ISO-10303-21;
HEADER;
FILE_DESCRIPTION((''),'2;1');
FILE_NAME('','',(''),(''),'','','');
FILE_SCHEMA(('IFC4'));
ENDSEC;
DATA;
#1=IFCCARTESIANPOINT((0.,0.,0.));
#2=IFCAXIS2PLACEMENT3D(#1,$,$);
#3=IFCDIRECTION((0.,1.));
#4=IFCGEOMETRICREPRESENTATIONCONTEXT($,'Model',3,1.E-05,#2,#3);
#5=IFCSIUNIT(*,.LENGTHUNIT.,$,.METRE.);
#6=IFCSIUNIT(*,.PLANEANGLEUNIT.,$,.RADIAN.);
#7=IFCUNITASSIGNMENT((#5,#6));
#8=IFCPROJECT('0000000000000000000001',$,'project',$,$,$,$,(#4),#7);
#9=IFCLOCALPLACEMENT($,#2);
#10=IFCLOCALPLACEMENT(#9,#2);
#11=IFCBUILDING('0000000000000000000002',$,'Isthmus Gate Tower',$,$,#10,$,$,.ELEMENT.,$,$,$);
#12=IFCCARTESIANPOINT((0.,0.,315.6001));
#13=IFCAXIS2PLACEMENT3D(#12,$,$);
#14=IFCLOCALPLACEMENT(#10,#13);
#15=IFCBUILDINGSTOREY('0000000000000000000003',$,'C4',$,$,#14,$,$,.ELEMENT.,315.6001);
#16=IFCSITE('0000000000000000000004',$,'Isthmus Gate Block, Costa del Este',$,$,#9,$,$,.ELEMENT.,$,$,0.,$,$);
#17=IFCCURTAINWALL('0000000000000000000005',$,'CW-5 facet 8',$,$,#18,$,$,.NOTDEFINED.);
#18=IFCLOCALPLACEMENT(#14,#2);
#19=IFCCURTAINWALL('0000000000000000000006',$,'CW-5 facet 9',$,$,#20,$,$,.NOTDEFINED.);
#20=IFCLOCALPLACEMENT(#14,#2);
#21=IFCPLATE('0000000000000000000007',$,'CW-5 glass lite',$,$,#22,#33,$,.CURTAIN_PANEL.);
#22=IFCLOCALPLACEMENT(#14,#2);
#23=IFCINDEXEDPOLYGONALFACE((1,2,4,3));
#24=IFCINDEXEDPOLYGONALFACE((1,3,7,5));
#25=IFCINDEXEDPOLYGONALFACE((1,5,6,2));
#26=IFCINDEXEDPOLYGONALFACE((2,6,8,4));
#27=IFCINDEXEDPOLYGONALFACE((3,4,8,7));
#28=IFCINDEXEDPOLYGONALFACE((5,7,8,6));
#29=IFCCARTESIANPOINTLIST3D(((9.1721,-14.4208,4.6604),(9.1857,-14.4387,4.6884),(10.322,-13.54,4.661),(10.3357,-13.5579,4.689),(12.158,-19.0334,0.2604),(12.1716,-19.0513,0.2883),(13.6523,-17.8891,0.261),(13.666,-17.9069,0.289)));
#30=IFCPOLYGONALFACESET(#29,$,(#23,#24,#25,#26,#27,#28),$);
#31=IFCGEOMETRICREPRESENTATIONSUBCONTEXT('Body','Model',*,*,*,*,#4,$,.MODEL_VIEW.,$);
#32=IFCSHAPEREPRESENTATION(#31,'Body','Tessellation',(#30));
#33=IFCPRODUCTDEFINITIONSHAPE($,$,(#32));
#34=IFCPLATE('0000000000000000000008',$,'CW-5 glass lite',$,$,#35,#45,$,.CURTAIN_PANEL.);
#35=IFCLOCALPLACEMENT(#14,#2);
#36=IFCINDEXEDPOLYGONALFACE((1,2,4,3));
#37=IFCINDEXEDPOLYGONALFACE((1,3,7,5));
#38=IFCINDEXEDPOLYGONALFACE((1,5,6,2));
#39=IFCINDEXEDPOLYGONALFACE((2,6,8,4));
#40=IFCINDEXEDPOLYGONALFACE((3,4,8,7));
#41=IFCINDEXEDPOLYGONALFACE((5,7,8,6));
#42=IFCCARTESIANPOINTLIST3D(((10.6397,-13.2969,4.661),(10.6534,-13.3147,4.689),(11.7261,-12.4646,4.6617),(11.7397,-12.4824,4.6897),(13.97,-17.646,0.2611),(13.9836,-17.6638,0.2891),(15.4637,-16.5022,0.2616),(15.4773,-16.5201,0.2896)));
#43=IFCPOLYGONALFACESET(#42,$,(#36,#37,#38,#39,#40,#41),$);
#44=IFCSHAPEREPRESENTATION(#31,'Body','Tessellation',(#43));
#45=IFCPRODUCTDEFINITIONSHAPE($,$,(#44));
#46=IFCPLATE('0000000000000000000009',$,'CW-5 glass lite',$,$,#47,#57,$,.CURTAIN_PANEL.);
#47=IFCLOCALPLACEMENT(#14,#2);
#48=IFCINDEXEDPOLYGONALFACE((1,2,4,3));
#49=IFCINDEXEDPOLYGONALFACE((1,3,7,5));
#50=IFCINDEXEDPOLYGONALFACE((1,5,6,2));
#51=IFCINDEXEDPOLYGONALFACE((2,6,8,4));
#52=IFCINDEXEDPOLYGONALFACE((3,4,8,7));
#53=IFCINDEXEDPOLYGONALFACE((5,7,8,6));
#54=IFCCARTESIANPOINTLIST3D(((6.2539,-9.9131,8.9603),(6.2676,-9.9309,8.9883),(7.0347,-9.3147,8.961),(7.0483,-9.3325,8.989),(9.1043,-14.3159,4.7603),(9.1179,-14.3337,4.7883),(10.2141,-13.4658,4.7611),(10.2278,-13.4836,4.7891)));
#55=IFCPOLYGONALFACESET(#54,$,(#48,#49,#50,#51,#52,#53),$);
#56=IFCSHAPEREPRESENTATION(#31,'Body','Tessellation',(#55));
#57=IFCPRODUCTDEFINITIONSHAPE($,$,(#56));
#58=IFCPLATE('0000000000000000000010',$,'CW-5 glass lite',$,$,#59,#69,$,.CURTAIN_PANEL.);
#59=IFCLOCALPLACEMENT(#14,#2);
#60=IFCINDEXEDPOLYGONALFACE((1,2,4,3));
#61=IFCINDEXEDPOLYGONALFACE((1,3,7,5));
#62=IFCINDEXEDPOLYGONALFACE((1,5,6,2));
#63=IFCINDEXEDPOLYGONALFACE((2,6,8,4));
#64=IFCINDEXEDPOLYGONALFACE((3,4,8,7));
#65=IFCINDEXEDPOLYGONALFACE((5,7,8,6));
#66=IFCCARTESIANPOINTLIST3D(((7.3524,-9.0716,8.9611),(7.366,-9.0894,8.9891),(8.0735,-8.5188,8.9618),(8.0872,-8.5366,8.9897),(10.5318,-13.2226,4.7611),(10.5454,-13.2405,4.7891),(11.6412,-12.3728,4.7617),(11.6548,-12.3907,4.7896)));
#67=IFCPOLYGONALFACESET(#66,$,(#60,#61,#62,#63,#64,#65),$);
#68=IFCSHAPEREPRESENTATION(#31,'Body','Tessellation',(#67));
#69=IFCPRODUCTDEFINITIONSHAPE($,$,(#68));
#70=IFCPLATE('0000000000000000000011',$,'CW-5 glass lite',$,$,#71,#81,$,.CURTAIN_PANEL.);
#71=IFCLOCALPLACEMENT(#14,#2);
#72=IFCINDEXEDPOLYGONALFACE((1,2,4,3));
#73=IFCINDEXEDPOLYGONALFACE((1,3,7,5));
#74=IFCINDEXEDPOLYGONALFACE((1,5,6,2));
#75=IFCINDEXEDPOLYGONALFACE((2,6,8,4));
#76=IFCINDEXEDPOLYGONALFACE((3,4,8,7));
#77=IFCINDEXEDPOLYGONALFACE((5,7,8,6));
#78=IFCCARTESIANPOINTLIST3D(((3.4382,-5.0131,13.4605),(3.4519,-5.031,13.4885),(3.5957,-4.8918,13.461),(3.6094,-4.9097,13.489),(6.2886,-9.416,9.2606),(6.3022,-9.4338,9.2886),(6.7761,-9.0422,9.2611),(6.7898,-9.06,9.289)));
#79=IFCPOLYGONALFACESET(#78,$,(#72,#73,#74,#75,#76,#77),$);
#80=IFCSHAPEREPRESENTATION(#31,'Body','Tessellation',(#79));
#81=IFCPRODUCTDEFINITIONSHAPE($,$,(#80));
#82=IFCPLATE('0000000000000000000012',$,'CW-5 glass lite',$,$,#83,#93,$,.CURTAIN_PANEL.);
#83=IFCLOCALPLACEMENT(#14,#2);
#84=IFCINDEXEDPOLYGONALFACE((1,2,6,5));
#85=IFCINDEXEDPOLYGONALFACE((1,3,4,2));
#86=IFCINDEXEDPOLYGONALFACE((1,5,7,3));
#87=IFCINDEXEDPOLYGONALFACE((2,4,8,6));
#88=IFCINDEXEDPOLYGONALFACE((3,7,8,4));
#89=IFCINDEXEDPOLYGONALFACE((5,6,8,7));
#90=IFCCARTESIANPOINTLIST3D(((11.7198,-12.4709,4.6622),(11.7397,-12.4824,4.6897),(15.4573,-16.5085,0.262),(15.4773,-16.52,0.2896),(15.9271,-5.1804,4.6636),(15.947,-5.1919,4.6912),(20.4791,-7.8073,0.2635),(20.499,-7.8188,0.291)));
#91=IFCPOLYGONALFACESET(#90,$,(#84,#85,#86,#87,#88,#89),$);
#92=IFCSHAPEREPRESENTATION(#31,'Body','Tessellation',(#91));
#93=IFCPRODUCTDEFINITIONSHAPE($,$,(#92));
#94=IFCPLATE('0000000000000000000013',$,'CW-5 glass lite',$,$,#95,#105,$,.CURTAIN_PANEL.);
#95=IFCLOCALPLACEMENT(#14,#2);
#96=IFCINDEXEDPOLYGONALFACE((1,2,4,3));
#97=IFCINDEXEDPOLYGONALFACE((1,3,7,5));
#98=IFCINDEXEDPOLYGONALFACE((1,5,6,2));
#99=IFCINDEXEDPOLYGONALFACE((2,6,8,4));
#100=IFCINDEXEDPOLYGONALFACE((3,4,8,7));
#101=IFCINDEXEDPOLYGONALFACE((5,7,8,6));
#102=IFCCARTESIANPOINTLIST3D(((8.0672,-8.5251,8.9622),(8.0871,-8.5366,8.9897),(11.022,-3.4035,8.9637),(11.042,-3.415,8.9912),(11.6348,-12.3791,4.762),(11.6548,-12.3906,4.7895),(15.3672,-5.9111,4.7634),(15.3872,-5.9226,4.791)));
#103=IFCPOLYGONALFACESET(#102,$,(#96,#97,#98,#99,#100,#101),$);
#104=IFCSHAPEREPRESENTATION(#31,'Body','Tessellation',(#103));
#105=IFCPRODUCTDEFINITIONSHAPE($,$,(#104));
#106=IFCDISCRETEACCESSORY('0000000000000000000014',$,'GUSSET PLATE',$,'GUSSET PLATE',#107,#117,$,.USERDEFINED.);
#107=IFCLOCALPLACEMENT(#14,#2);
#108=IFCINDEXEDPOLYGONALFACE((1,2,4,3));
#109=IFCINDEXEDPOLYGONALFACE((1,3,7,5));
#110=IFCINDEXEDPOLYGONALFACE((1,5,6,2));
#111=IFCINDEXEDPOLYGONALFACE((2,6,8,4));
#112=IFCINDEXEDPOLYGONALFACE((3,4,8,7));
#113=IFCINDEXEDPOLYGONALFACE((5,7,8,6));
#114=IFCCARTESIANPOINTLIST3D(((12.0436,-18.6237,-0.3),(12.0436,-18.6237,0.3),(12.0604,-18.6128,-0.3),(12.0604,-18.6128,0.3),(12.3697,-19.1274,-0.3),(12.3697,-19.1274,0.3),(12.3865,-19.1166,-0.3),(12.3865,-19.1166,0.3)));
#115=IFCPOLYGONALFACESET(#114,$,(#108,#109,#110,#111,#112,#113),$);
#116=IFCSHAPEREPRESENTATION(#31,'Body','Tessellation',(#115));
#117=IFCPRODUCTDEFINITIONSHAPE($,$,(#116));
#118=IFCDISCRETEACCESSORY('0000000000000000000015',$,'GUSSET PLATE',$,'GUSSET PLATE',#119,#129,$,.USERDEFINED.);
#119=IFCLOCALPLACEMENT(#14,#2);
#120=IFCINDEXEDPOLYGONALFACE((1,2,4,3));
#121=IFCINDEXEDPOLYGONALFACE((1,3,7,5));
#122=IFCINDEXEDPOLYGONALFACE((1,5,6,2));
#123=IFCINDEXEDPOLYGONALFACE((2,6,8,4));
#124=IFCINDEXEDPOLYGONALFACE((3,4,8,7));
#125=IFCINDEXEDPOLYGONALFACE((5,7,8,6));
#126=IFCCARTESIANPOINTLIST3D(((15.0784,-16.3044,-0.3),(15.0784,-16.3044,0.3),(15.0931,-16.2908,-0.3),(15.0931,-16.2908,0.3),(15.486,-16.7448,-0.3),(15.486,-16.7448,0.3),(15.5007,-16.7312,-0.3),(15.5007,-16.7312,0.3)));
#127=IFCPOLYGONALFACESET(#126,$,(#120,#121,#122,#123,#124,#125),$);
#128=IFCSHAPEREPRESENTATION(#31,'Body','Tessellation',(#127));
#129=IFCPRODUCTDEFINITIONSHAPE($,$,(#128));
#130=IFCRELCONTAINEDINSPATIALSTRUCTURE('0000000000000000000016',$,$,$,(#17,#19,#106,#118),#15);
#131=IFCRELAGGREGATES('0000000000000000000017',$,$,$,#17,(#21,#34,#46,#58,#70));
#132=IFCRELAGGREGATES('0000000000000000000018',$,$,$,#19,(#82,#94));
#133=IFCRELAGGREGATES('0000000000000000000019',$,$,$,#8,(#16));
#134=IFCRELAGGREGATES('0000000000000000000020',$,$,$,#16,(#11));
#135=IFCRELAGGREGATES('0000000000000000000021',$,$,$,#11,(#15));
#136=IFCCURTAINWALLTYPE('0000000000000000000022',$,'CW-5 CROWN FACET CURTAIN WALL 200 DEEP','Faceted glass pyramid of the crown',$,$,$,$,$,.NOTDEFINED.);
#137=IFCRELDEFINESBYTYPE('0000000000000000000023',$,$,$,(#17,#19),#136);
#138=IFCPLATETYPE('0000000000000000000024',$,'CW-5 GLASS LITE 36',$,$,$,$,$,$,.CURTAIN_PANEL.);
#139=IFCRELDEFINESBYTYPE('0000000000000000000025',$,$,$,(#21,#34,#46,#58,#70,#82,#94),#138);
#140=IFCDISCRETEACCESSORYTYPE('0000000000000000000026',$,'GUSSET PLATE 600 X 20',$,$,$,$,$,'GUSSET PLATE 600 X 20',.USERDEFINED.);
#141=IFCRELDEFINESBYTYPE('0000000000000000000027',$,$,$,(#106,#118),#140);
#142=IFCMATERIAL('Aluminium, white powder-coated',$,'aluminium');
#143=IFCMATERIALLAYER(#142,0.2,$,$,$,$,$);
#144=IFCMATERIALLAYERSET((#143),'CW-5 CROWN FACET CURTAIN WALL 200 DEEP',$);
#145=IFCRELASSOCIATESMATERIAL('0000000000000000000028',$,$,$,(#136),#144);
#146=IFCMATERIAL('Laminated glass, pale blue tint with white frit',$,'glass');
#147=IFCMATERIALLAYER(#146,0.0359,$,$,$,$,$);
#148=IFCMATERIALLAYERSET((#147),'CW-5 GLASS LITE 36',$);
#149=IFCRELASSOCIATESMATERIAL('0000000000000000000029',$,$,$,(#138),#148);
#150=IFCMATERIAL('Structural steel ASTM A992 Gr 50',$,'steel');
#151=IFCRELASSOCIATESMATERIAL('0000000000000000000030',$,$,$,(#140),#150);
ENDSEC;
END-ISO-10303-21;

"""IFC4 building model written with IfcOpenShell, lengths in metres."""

from ifc_helpers import new_model, si_unit, direction, frame, origin, origin_2d, place, context, subcontext, project, spatial, polyline, rectangle, outline, extrude, material, layer, layer_set, type_object, element, aggregate, save


model = new_model("IFC4")

# Units and contexts
model_context = context("Model", 3, precision=1e-05, world=origin(), true_north=direction((0.0, 1.0)))
body_context = subcontext(model_context, "Body", "Model", "MODEL_VIEW")
ifc_project = project(units=[si_unit("LENGTHUNIT", "METRE"), si_unit("PLANEANGLEUNIT", "RADIAN")], contexts=[model_context])

# Site, building, storey
site_placement = place(None, origin())
site = spatial("IfcSite", under=ifc_project, at=site_placement, Name="Isthmus Gate Block, Costa del Este", CompositionType="ELEMENT", RefElevation=0.0)
building_placement = place(site_placement, origin())
building = spatial("IfcBuilding", under=site, at=building_placement, Name="Isthmus Gate Tower", CompositionType="ELEMENT")
storey_placement = place(building_placement, frame((0.0, 0.0, 315.6001)))
storey = spatial("IfcBuildingStorey", under=building, at=storey_placement, Name="C4", CompositionType="ELEMENT", Elevation=315.6001)

# Curtain wall
ifc_material_1 = material(Name="Aluminium, white powder-coated", Category="aluminium")
ifc_layer_1 = layer(ifc_material_1, 0.2)
ifc_layer_set_1 = layer_set([ifc_layer_1], Name="CW-5 CROWN FACET CURTAIN WALL 200 DEEP")
curtain_wall_type_1 = type_object("IfcCurtainWallType", Name="CW-5 CROWN FACET CURTAIN WALL 200 DEEP", Description="Faceted glass pyramid of the crown", PredefinedType="NOTDEFINED", material=ifc_layer_set_1)
curtain_wall_1_placement = place(storey_placement, origin())
curtain_wall_1 = element("IfcCurtainWall", 1, at=curtain_wall_1_placement, inside=storey, type_object=curtain_wall_type_1, Name="CW-5 facet 8", PredefinedType="NOTDEFINED")
placement_1 = place(building_placement, frame((0.0, 0.0, 324.6001)))

# Shared definitions
placement_2 = place(building_placement, frame((0.0, 0.0, 320.1001)))

# Curtain wall
curtain_wall_2_placement = place(storey_placement, origin())
curtain_wall_2 = element("IfcCurtainWall", 2, at=curtain_wall_2_placement, inside=storey, type_object=curtain_wall_type_1, Name="CW-5 facet 9", PredefinedType="NOTDEFINED")

# Plates
ifc_material_2 = material(Name="Laminated glass, pale blue tint with white frit", Category="glass")
ifc_layer_2 = layer(ifc_material_2, 0.0359)
ifc_layer_set_2 = layer_set([ifc_layer_2], Name="CW-5 GLASS LITE 36")
plate_type_1 = type_object("IfcPlateType", Name="CW-5 GLASS LITE 36", PredefinedType="CURTAIN_PANEL", material=ifc_layer_set_2)
plate_1_placement = place(storey_placement, frame((12.1716, -19.0513, 0.2883), z_axis=(0.380546, -0.497359, 0.779627), x_axis=(0.793941, 0.607995, 0.000335)))
plate_1 = element("IfcPlate", 3, at=plate_1_placement, type_object=plate_type_1, Name="CW-5 glass lite", PredefinedType="CURTAIN_PANEL", context=body_context, shape_type="SweptSolid", body=[
    extrude(outline(polyline([(0.0, 0.0), (1.8822, 0.0), (1.8838, 7.026), (0.4353, 7.0259), (0.0, 0.0)])), origin(), (0.0, 0.0, -1.0), 0.0359),
])
plate_2_placement = place(storey_placement, frame((13.9836, -17.6638, 0.2891), z_axis=(0.380549, -0.497349, 0.779632), x_axis=(0.793965, 0.607964, 0.000292)))
plate_2 = element("IfcPlate", 4, at=plate_2_placement, type_object=plate_type_1, Name="CW-5 glass lite", PredefinedType="CURTAIN_PANEL", context=body_context, shape_type="SweptSolid", body=[
    extrude(outline(polyline([(0.0, 0.0), (1.8813, 0.0), (1.3698, 7.0265), (0.0012, 7.026), (0.0, 0.0)])), origin(), (0.0, 0.0, -1.0), 0.0359),
])
plate_3_placement = place(placement_2, frame((9.1179, -14.3337, 0.2883), z_axis=(0.380473, -0.497398, 0.779638), x_axis=(0.79388, 0.608075, 0.00052)))
plate_3 = element("IfcPlate", 5, at=plate_3_placement, type_object=plate_type_1, Name="CW-5 glass lite", PredefinedType="CURTAIN_PANEL", context=body_context, shape_type="SweptSolid", body=[
    extrude(outline(polyline([(0.0, 0.0), (1.398, 0.0), (1.4003, 6.7067), (0.4166, 6.7064), (0.0, 0.0)])), origin(), (0.0, 0.0, -1.0), 0.0359),
])
plate_4_placement = place(placement_2, frame((10.5454, -13.2405, 0.2891), z_axis=(0.380554, -0.497352, 0.779628), x_axis=(0.793869, 0.608088, 0.000416)))
plate_4 = element("IfcPlate", 6, at=plate_4_placement, type_object=plate_type_1, Name="CW-5 glass lite", PredefinedType="CURTAIN_PANEL", context=body_context, shape_type="SweptSolid", body=[
    extrude(outline(polyline([(0.0, 0.0), (1.3975, 0.0), (0.9106, 6.7072), (0.0019, 6.7067), (0.0, 0.0)])), origin(), (0.0, 0.0, -1.0), 0.0359),
])
plate_5_placement = place(placement_1, frame((6.3022, -9.4338, 0.2886), z_axis=(0.380568, -0.497328, 0.779636), x_axis=(0.79359, 0.608452, 0.00075)))
plate_5 = element("IfcPlate", 7, at=plate_5_placement, type_object=plate_type_1, Name="CW-5 glass lite", PredefinedType="CURTAIN_PANEL", context=body_context, shape_type="SweptSolid", body=[
    extrude(outline(polyline([(0.0, 0.0), (0.6143, 0.0), (0.6189, 6.7067), (0.4201, 6.7062), (0.0, 0.0)])), origin(), (0.0, 0.0, -1.0), 0.0359),
])
aggregate(curtain_wall_1, [plate_1, plate_2, plate_3, plate_4, plate_5])
plate_6_placement = place(storey_placement, frame((15.4773, -16.52, 0.2896), z_axis=(0.555936, -0.320978, 0.766751), x_axis=(0.499859, 0.866107, 0.000146)))
plate_6 = element("IfcPlate", 8, at=plate_6_placement, type_object=plate_type_1, Name="CW-5 glass lite", PredefinedType="CURTAIN_PANEL", context=body_context, shape_type="SweptSolid", body=[
    extrude(outline(polyline([(0.0, 0.0), (10.0463, 0.0), (10.0468, 6.8544), (1.6294, 6.854), (0.0, 0.0)])), origin(), (0.0, 0.0, -1.0), 0.0359),
])
plate_7_placement = place(placement_2, frame((11.6548, -12.3906, 0.2896), z_axis=(0.555942, -0.320975, 0.766749), x_axis=(0.499806, 0.866138, 0.00019)))
plate_7 = element("IfcPlate", 9, at=plate_7_placement, type_object=plate_type_1, Name="CW-5 glass lite", PredefinedType="CURTAIN_PANEL", context=body_context, shape_type="SweptSolid", body=[
    extrude(outline(polyline([(0.0, 0.0), (7.4677, 0.0), (7.4686, 6.543), (1.5558, 6.5424), (0.0, 0.0)])), origin(), (0.0, 0.0, -1.0), 0.0359),
])
aggregate(curtain_wall_2, [plate_6, plate_7])

# Discrete accessories
ifc_material_3 = material(Name="Structural steel ASTM A992 Gr 50", Category="steel")
discrete_accessory_type = type_object("IfcDiscreteAccessoryType", Name="GUSSET PLATE 600 X 20", ElementType="GUSSET PLATE 600 X 20", PredefinedType="USERDEFINED", material=ifc_material_3)
for number, where, z_axis, x_axis, name in (
    (10, (12.2151, -18.8701, -0.3), (0.0, 0.0, 1.0), (-0.543412, 0.839466, 0.0), "GUSSET PLATE"),
    (11, (15.2896, -16.5178, -0.3), (0.0, 0.0, 1.0), (-0.679297, 0.733864, 0.0), "GUSSET PLATE"),
):
    element("IfcDiscreteAccessory", number, at=place(storey_placement, frame(where, z_axis=z_axis, x_axis=x_axis)), inside=storey, type_object=discrete_accessory_type, Name=name, ObjectType="GUSSET PLATE", PredefinedType="USERDEFINED", context=body_context, shape_type="SweptSolid", body=[
        extrude(rectangle(XDim=0.6001, YDim=0.02, at=origin_2d()), origin(), (0.0, 0.0, 1.0), 0.6001),
    ])

save(model, "model.ifc")
